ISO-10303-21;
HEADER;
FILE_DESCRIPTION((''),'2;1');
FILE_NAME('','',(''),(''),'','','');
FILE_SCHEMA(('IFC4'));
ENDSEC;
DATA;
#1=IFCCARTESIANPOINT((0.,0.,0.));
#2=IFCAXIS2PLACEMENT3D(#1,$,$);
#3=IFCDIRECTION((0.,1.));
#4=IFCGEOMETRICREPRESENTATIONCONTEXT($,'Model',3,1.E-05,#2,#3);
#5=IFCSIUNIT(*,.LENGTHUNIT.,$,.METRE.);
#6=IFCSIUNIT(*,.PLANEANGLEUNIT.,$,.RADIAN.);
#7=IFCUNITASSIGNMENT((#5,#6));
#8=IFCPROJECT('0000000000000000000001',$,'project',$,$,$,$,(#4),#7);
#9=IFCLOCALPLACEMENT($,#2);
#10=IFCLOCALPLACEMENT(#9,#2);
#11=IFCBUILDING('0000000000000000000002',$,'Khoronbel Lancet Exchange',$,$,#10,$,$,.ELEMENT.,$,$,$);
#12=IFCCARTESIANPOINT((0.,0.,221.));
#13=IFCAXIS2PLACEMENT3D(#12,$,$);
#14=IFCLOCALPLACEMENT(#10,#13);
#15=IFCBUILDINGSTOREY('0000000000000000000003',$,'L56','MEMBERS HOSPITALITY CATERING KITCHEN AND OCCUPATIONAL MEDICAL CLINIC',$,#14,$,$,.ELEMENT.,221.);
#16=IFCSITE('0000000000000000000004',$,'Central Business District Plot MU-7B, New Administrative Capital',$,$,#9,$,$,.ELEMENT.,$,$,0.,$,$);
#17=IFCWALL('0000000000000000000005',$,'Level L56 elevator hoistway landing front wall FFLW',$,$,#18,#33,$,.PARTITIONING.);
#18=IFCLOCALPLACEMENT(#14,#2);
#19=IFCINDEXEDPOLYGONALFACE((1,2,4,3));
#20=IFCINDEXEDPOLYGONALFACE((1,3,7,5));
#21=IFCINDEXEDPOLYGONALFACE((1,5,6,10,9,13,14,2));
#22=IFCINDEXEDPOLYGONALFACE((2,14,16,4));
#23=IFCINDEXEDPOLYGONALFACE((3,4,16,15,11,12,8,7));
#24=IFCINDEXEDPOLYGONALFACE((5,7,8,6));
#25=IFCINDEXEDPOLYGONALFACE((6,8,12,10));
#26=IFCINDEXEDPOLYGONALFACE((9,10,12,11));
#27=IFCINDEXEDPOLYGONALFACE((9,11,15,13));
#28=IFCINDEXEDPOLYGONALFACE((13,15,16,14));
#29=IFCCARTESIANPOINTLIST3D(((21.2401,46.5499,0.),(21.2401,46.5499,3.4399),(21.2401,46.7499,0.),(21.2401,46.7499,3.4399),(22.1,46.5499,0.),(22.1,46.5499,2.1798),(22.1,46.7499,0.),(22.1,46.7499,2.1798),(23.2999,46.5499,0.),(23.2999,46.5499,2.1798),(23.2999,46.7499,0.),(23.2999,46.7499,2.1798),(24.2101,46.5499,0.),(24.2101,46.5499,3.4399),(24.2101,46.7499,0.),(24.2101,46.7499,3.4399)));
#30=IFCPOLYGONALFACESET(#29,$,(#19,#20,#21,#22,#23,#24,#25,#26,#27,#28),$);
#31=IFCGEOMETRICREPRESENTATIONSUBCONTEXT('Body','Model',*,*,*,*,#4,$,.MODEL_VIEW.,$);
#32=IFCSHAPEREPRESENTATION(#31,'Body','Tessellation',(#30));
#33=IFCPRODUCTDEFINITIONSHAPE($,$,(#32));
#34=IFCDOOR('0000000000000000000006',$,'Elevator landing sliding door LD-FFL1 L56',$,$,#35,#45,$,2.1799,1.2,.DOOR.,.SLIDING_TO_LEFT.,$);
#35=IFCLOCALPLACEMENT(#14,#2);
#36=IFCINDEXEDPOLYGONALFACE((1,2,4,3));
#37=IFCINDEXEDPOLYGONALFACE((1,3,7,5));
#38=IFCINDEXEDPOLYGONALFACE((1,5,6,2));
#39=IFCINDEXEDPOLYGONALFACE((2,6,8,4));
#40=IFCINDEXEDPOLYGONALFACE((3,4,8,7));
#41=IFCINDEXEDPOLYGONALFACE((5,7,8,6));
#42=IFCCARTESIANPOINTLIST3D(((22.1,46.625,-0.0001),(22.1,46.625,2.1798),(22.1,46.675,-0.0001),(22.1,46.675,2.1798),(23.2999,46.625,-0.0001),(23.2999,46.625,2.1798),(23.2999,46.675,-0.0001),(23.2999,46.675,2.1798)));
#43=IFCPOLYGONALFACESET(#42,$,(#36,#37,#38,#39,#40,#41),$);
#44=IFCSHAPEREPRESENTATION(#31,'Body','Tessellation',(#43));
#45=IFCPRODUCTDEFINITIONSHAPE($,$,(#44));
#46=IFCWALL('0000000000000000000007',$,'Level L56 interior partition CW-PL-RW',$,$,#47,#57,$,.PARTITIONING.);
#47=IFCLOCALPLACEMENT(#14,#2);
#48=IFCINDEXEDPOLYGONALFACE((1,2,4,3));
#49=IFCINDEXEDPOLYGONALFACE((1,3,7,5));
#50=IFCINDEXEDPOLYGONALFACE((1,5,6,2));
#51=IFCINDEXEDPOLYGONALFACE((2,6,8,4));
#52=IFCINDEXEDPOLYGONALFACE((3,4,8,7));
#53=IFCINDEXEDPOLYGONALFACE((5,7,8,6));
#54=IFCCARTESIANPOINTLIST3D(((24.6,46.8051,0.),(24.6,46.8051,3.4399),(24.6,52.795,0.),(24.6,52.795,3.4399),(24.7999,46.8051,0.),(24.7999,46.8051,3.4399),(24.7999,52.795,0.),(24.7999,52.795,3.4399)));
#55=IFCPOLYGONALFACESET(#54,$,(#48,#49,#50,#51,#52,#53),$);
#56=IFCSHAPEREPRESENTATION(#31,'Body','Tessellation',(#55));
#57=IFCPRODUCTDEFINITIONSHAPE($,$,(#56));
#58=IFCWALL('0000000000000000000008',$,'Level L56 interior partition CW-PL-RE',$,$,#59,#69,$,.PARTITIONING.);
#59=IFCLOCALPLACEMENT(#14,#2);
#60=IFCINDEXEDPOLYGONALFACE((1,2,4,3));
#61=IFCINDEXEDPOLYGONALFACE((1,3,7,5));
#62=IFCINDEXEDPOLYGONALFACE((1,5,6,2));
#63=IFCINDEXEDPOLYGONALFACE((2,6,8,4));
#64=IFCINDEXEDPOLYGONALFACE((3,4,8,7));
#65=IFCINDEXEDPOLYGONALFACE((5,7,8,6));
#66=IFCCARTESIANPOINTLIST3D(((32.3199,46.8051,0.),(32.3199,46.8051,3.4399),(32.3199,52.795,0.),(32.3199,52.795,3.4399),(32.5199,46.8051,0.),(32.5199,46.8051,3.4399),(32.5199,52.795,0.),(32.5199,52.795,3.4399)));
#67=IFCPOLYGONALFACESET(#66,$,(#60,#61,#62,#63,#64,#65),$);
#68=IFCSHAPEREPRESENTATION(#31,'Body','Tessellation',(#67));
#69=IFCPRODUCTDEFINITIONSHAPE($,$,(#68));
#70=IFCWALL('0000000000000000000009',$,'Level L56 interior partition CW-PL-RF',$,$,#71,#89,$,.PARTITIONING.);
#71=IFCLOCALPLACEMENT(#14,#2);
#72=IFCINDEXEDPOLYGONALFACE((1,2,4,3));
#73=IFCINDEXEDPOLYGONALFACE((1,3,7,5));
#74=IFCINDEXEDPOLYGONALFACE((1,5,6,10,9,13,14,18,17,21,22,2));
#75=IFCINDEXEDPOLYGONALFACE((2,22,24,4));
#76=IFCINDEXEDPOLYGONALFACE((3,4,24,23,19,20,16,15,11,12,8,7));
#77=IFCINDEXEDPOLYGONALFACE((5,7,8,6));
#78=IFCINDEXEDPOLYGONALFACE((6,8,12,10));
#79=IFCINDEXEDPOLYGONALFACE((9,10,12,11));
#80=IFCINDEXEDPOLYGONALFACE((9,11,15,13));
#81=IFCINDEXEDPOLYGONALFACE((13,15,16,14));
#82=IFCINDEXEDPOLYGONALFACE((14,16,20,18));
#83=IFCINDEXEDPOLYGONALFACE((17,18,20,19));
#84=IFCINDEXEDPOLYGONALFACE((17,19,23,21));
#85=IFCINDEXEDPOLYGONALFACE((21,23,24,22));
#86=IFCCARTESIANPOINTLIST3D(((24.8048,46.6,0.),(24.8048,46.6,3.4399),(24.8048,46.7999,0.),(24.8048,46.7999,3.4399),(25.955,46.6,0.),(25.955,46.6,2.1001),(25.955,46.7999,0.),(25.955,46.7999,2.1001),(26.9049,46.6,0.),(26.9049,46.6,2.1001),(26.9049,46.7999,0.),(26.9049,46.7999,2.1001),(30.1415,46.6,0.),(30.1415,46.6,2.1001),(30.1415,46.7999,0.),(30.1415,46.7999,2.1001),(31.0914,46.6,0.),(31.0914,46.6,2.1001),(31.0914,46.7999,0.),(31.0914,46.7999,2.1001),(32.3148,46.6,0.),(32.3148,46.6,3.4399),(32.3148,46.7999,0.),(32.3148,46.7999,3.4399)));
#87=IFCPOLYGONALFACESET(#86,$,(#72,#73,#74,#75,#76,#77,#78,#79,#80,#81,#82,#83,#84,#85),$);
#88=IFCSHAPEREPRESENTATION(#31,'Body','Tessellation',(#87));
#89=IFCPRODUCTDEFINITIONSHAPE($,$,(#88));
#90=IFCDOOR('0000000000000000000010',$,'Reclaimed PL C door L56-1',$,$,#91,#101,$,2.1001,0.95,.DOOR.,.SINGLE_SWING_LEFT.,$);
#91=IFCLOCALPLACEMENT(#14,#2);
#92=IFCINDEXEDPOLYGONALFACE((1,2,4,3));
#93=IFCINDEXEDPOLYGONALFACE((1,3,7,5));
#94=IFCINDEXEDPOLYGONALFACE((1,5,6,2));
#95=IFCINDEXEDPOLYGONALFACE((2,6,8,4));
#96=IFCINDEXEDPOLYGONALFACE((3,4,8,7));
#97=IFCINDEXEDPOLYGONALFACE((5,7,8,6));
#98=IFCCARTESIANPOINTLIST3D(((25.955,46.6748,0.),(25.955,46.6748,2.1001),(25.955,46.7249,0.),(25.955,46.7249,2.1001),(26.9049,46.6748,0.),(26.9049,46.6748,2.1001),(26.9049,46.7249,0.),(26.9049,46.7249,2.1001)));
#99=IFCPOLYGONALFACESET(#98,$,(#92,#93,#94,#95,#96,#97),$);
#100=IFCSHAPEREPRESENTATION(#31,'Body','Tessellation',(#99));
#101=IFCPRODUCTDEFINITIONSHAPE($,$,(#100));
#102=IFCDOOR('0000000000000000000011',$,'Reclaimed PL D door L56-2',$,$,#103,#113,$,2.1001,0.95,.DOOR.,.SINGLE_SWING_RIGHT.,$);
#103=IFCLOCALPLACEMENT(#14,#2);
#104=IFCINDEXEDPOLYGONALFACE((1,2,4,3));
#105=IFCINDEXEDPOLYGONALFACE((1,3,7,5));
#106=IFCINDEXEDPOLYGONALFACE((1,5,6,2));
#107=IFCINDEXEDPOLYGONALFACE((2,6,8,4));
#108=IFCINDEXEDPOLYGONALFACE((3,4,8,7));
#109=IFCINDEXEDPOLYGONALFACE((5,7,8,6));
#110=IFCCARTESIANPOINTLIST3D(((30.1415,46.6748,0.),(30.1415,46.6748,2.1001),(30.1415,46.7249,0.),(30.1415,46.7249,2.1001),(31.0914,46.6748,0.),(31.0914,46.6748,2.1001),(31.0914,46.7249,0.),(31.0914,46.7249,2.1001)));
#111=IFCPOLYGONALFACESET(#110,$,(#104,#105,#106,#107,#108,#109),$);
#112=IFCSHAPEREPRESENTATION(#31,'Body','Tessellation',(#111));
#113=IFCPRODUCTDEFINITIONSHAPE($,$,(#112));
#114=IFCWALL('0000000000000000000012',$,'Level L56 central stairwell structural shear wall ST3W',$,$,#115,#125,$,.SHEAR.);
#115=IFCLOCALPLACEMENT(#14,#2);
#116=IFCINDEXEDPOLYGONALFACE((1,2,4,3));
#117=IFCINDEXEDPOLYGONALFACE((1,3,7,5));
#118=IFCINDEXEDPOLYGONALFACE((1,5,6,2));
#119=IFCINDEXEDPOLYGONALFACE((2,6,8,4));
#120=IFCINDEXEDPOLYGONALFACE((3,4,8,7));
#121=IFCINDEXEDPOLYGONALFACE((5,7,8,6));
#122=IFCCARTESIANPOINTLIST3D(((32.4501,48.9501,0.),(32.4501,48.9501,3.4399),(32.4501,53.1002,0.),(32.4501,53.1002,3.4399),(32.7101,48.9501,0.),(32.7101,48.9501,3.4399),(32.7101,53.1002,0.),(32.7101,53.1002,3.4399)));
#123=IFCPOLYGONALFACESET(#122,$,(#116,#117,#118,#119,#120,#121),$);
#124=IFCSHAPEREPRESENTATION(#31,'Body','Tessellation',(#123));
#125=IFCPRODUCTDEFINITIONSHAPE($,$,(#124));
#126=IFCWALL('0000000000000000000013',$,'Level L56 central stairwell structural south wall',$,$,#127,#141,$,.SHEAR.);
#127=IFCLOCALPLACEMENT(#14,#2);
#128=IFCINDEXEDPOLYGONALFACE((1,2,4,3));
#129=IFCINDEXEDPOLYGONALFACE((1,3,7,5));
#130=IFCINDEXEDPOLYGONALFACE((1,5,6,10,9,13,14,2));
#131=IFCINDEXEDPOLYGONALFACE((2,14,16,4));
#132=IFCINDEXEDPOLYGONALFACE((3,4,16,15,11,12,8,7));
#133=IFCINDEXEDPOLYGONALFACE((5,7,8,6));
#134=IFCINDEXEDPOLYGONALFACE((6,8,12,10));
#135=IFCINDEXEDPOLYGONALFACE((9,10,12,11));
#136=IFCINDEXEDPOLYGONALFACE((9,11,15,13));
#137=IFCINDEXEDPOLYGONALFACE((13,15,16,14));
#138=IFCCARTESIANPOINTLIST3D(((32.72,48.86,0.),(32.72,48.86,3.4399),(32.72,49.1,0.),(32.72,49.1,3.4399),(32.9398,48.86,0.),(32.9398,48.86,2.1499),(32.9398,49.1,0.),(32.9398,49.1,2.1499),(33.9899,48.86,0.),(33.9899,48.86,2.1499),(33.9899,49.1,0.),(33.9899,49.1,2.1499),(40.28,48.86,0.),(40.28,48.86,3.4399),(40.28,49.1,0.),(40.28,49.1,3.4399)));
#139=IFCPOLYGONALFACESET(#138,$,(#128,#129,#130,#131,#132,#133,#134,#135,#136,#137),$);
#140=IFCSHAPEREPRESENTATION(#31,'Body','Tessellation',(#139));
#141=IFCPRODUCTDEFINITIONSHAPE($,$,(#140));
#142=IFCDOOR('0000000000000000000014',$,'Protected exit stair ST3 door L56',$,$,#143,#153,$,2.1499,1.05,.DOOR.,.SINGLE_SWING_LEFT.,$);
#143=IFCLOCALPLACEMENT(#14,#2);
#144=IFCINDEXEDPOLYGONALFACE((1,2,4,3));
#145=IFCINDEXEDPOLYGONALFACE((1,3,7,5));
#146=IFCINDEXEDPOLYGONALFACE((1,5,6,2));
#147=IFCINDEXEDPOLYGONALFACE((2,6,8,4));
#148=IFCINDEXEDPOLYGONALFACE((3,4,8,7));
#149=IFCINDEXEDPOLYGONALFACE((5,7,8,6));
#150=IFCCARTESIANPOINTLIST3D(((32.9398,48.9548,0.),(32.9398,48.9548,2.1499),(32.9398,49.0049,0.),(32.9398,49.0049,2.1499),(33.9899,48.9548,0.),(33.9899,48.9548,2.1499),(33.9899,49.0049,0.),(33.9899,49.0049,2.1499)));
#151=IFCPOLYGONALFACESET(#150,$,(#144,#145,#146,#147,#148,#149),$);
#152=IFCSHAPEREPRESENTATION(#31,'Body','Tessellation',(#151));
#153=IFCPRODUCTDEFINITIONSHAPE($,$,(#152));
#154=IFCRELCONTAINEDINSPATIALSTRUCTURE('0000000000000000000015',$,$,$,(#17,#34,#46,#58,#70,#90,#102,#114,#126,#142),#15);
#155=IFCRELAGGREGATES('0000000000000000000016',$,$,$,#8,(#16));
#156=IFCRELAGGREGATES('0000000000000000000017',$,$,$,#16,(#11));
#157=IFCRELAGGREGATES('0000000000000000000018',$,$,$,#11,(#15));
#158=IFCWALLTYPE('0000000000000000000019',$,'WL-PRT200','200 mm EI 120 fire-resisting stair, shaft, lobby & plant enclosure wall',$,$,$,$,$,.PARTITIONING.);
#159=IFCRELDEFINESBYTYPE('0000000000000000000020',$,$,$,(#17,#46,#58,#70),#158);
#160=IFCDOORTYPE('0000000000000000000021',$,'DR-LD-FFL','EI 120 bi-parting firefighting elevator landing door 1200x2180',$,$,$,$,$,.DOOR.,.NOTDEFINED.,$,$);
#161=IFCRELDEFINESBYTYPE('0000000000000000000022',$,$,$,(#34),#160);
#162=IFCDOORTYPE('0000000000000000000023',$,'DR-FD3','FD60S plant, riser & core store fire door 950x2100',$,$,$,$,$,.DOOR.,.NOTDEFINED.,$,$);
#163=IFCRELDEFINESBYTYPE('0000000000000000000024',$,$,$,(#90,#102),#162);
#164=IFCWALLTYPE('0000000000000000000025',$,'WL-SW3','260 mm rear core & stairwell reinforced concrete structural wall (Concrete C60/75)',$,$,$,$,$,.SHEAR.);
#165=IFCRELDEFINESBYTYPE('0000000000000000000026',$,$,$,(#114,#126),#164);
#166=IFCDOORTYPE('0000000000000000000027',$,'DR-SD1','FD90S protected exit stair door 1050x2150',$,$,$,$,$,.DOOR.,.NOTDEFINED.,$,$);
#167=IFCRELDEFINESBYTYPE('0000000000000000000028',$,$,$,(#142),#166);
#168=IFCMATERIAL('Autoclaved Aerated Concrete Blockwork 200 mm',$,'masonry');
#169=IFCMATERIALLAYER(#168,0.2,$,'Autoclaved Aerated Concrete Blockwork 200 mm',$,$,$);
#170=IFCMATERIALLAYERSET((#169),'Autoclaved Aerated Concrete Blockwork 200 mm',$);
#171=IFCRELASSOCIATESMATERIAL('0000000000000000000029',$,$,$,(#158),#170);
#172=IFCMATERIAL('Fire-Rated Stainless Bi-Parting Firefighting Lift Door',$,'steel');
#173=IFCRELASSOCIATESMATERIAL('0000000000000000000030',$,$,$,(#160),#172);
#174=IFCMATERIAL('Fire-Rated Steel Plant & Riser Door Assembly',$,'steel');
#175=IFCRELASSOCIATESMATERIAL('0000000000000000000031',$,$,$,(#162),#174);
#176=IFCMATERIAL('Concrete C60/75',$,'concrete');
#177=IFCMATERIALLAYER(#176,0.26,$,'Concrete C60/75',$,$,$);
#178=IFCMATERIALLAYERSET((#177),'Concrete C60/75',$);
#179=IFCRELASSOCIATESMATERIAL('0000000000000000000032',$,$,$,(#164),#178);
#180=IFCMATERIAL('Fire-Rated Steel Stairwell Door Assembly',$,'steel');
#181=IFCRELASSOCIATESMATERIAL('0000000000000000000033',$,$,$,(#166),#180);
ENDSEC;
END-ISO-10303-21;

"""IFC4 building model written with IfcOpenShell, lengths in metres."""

from ifc_helpers import new_model, si_unit, direction, frame, frame_2d, origin, place, context, subcontext, project, spatial, rectangle, extrude, material, layer, layer_set, type_object, element, fill, save


model = new_model("IFC4")

# Units and contexts
model_context = context("Model", 3, precision=1e-05, world=origin(), true_north=direction((0.0, 1.0)))
body_context = subcontext(model_context, "Body", "Model", "MODEL_VIEW")
ifc_project = project(units=[si_unit("LENGTHUNIT", "METRE"), si_unit("PLANEANGLEUNIT", "RADIAN")], contexts=[model_context])

# Site, building, storey
site_placement = place(None, origin())
site = spatial("IfcSite", under=ifc_project, at=site_placement, Name="Central Business District Plot MU-7B, New Administrative Capital", CompositionType="ELEMENT", RefElevation=0.0)
building_placement = place(site_placement, origin())
building = spatial("IfcBuilding", under=site, at=building_placement, Name="Khoronbel Lancet Exchange", CompositionType="ELEMENT")
storey_placement = place(building_placement, frame((0.0, 0.0, 221.0)))
storey = spatial("IfcBuildingStorey", under=building, at=storey_placement, Name="L56", Description="MEMBERS HOSPITALITY CATERING KITCHEN AND OCCUPATIONAL MEDICAL CLINIC", CompositionType="ELEMENT", Elevation=221.0)

# Wall, opening, door
ifc_material_1 = material(Name="Autoclaved Aerated Concrete Blockwork 200 mm", Category="masonry")
ifc_layer_1 = layer(ifc_material_1, 0.2, Name="Autoclaved Aerated Concrete Blockwork 200 mm")
ifc_layer_set_1 = layer_set([ifc_layer_1], Name="Autoclaved Aerated Concrete Blockwork 200 mm")
wall_type_1 = type_object("IfcWallType", Name="WL-PRT200", Description="200 mm EI 120 fire-resisting stair, shaft, lobby & plant enclosure wall", PredefinedType="PARTITIONING", material=ifc_layer_set_1)
wall_1_placement = place(storey_placement, frame((24.21, 46.6499, 0.0), z_axis=(0.0, 0.0, 1.0), x_axis=(-1.0, 0.0, 0.0)))
wall_1 = element("IfcWall", 1, at=wall_1_placement, inside=storey, type_object=wall_type_1, Name="Level L56 elevator hoistway landing front wall FFLW", PredefinedType="PARTITIONING", context=body_context, shape_type="SweptSolid", body=[
    extrude(rectangle(XDim=2.97, YDim=0.2, at=frame_2d((1.4849, 0.0))), origin(), (0.0, 0.0, 1.0), 3.4399),
])
opening_1_placement = place(wall_1_placement, frame((0.9099, 0.0, 0.0)))
opening_1 = element("IfcOpeningElement", 2, at=opening_1_placement, cuts=wall_1, PredefinedType="OPENING", context=body_context, shape_type="SweptSolid", body=[
    extrude(rectangle(XDim=1.2, YDim=2.1799, at=frame_2d((0.6001, 1.0898))), frame((0.0, 0.1099, 0.0), z_axis=(0.0, -1.0, 0.0), x_axis=(1.0, 0.0, 0.0)), (0.0, 0.0, 1.0), 0.22),
])
ifc_material_2 = material(Name="Fire-Rated Stainless Bi-Parting Firefighting Lift Door", Category="steel")
door_type_1 = type_object("IfcDoorType", Name="DR-LD-FFL", Description="EI 120 bi-parting firefighting elevator landing door 1200x2180", OperationType="NOTDEFINED", PredefinedType="DOOR", material=ifc_material_2)
door_1_placement = place(opening_1_placement, origin())
door_1 = element("IfcDoor", 3, at=door_1_placement, inside=storey, type_object=door_type_1, Name="Elevator landing sliding door LD-FFL1 L56", OperationType="SLIDING_TO_LEFT", OverallHeight=2.1799, OverallWidth=1.2, PredefinedType="DOOR", context=body_context, shape_type="SweptSolid", body=[
    extrude(rectangle(XDim=1.2, YDim=2.1799, at=frame_2d((0.6001, 1.0898))), frame((0.0, 0.0249, 0.0), z_axis=(0.0, -1.0, 0.0), x_axis=(1.0, 0.0, 0.0)), (0.0, 0.0, 1.0), 0.05),
])
fill(opening_1, door_1)

# Walls
for number, where, z_axis, x_axis, name in (
    (4, (24.7, 46.8049, 0.0), (0.0, 0.0, 1.0), (0.0, 1.0, 0.0), "Level L56 interior partition CW-PL-RW"),
    (5, (32.4199, 46.8049, 0.0), (0.0, 0.0, 1.0), (0.0, 1.0, 0.0), "Level L56 interior partition CW-PL-RE"),
):
    element("IfcWall", number, at=place(storey_placement, frame(where, z_axis=z_axis, x_axis=x_axis)), inside=storey, type_object=wall_type_1, Name=name, PredefinedType="PARTITIONING", context=body_context, shape_type="SweptSolid", body=[
        extrude(rectangle(XDim=5.99, YDim=0.2, at=frame_2d((2.9951, 0.0))), origin(), (0.0, 0.0, 1.0), 3.4399),
    ])

# Wall, openings, doors
wall_2_placement = place(storey_placement, frame((24.8049, 46.7, 0.0), z_axis=(0.0, 0.0, 1.0), x_axis=(1.0, 0.0, 0.0)))
wall_2 = element("IfcWall", 6, at=wall_2_placement, inside=storey, type_object=wall_type_1, Name="Level L56 interior partition CW-PL-RF", PredefinedType="PARTITIONING", context=body_context, shape_type="SweptSolid", body=[
    extrude(rectangle(XDim=7.51, YDim=0.2, at=frame_2d((3.7549, 0.0))), origin(), (0.0, 0.0, 1.0), 3.4399),
])
opening_2_placement = place(wall_2_placement, frame((1.1499, 0.0, 0.0)))
opening_2 = element("IfcOpeningElement", 7, at=opening_2_placement, cuts=wall_2, PredefinedType="OPENING", context=body_context, shape_type="SweptSolid", body=[
    extrude(rectangle(XDim=0.95, YDim=2.1001, at=frame_2d((0.4751, 1.05))), frame((0.0, 0.1099, 0.0), z_axis=(0.0, -1.0, 0.0), x_axis=(1.0, 0.0, 0.0)), (0.0, 0.0, 1.0), 0.22),
])
opening_3_placement = place(wall_2_placement, frame((5.3364, 0.0, 0.0)))
opening_3 = element("IfcOpeningElement", 8, at=opening_3_placement, cuts=wall_2, PredefinedType="OPENING", context=body_context, shape_type="SweptSolid", body=[
    extrude(rectangle(XDim=0.95, YDim=2.1001, at=frame_2d((0.4751, 1.05))), frame((0.0, 0.1099, 0.0), z_axis=(0.0, -1.0, 0.0), x_axis=(1.0, 0.0, 0.0)), (0.0, 0.0, 1.0), 0.22),
])
ifc_material_3 = material(Name="Fire-Rated Steel Plant & Riser Door Assembly", Category="steel")
door_type_2 = type_object("IfcDoorType", Name="DR-FD3", Description="FD60S plant, riser & core store fire door 950x2100", OperationType="NOTDEFINED", PredefinedType="DOOR", material=ifc_material_3)
door_2_placement = place(opening_2_placement, origin())
door_2 = element("IfcDoor", 9, at=door_2_placement, inside=storey, type_object=door_type_2, Name="Reclaimed PL C door L56-1", OperationType="SINGLE_SWING_LEFT", OverallHeight=2.1001, OverallWidth=0.95, PredefinedType="DOOR", context=body_context, shape_type="SweptSolid", body=[
    extrude(rectangle(XDim=0.95, YDim=2.1001, at=frame_2d((0.4751, 1.05))), frame((0.0, 0.0249, 0.0), z_axis=(0.0, -1.0, 0.0), x_axis=(1.0, 0.0, 0.0)), (0.0, 0.0, 1.0), 0.05),
])
fill(opening_2, door_2)
door_3_placement = place(opening_3_placement, origin())
door_3 = element("IfcDoor", 10, at=door_3_placement, inside=storey, type_object=door_type_2, Name="Reclaimed PL D door L56-2", OperationType="SINGLE_SWING_RIGHT", OverallHeight=2.1001, OverallWidth=0.95, PredefinedType="DOOR", context=body_context, shape_type="SweptSolid", body=[
    extrude(rectangle(XDim=0.95, YDim=2.1001, at=frame_2d((0.4751, 1.05))), frame((0.0, 0.0249, 0.0), z_axis=(0.0, -1.0, 0.0), x_axis=(1.0, 0.0, 0.0)), (0.0, 0.0, 1.0), 0.05),
])
fill(opening_3, door_3)

# Wall
ifc_material_4 = material(Name="Concrete C60/75", Category="concrete")
ifc_layer_2 = layer(ifc_material_4, 0.26, Name="Concrete C60/75")
ifc_layer_set_2 = layer_set([ifc_layer_2], Name="Concrete C60/75")
wall_type_2 = type_object("IfcWallType", Name="WL-SW3", Description="260 mm rear core & stairwell reinforced concrete structural wall (Concrete C60/75)", PredefinedType="SHEAR", material=ifc_layer_set_2)
wall_3_placement = place(storey_placement, frame((32.5801, 48.95, 0.0), z_axis=(0.0, 0.0, 1.0), x_axis=(0.0, 1.0, 0.0)))
element("IfcWall", 11, at=wall_3_placement, inside=storey, type_object=wall_type_2, Name="Level L56 central stairwell structural shear wall ST3W", PredefinedType="SHEAR", context=body_context, shape_type="SweptSolid", body=[
    extrude(rectangle(XDim=4.1501, YDim=0.26, at=frame_2d((2.0752, 0.0))), origin(), (0.0, 0.0, 1.0), 3.4399),
])

# Wall, opening, door
wall_4_placement = place(storey_placement, frame((32.72, 48.98, 0.0), z_axis=(0.0, 0.0, 1.0), x_axis=(1.0, 0.0, 0.0)))
wall_4 = element("IfcWall", 12, at=wall_4_placement, inside=storey, type_object=wall_type_2, Name="Level L56 central stairwell structural south wall", PredefinedType="SHEAR", context=body_context, shape_type="SweptSolid", body=[
    extrude(rectangle(XDim=7.5601, YDim=0.24, at=frame_2d((3.78, 0.0))), origin(), (0.0, 0.0, 1.0), 3.4399),
])
opening_4_placement = place(wall_4_placement, frame((0.22, 0.0, 0.0)))
opening_4 = element("IfcOpeningElement", 13, at=opening_4_placement, cuts=wall_4, PredefinedType="OPENING", context=body_context, shape_type="SweptSolid", body=[
    extrude(rectangle(XDim=1.05, YDim=2.1499, at=frame_2d((0.5249, 1.075))), frame((0.0, 0.1299, 0.0), z_axis=(0.0, -1.0, 0.0), x_axis=(1.0, 0.0, 0.0)), (0.0, 0.0, 1.0), 0.26),
])
ifc_material_5 = material(Name="Fire-Rated Steel Stairwell Door Assembly", Category="steel")
door_type_3 = type_object("IfcDoorType", Name="DR-SD1", Description="FD90S protected exit stair door 1050x2150", OperationType="NOTDEFINED", PredefinedType="DOOR", material=ifc_material_5)
door_4_placement = place(opening_4_placement, origin())
door_4 = element("IfcDoor", 14, at=door_4_placement, inside=storey, type_object=door_type_3, Name="Protected exit stair ST3 door L56", OperationType="SINGLE_SWING_LEFT", OverallHeight=2.1499, OverallWidth=1.05, PredefinedType="DOOR", context=body_context, shape_type="SweptSolid", body=[
    extrude(rectangle(XDim=1.05, YDim=2.1499, at=frame_2d((0.5249, 1.075))), frame((0.0, 0.0249, 0.0), z_axis=(0.0, -1.0, 0.0), x_axis=(1.0, 0.0, 0.0)), (0.0, 0.0, 1.0), 0.05),
])
fill(opening_4, door_4)

save(model, "model.ifc")
